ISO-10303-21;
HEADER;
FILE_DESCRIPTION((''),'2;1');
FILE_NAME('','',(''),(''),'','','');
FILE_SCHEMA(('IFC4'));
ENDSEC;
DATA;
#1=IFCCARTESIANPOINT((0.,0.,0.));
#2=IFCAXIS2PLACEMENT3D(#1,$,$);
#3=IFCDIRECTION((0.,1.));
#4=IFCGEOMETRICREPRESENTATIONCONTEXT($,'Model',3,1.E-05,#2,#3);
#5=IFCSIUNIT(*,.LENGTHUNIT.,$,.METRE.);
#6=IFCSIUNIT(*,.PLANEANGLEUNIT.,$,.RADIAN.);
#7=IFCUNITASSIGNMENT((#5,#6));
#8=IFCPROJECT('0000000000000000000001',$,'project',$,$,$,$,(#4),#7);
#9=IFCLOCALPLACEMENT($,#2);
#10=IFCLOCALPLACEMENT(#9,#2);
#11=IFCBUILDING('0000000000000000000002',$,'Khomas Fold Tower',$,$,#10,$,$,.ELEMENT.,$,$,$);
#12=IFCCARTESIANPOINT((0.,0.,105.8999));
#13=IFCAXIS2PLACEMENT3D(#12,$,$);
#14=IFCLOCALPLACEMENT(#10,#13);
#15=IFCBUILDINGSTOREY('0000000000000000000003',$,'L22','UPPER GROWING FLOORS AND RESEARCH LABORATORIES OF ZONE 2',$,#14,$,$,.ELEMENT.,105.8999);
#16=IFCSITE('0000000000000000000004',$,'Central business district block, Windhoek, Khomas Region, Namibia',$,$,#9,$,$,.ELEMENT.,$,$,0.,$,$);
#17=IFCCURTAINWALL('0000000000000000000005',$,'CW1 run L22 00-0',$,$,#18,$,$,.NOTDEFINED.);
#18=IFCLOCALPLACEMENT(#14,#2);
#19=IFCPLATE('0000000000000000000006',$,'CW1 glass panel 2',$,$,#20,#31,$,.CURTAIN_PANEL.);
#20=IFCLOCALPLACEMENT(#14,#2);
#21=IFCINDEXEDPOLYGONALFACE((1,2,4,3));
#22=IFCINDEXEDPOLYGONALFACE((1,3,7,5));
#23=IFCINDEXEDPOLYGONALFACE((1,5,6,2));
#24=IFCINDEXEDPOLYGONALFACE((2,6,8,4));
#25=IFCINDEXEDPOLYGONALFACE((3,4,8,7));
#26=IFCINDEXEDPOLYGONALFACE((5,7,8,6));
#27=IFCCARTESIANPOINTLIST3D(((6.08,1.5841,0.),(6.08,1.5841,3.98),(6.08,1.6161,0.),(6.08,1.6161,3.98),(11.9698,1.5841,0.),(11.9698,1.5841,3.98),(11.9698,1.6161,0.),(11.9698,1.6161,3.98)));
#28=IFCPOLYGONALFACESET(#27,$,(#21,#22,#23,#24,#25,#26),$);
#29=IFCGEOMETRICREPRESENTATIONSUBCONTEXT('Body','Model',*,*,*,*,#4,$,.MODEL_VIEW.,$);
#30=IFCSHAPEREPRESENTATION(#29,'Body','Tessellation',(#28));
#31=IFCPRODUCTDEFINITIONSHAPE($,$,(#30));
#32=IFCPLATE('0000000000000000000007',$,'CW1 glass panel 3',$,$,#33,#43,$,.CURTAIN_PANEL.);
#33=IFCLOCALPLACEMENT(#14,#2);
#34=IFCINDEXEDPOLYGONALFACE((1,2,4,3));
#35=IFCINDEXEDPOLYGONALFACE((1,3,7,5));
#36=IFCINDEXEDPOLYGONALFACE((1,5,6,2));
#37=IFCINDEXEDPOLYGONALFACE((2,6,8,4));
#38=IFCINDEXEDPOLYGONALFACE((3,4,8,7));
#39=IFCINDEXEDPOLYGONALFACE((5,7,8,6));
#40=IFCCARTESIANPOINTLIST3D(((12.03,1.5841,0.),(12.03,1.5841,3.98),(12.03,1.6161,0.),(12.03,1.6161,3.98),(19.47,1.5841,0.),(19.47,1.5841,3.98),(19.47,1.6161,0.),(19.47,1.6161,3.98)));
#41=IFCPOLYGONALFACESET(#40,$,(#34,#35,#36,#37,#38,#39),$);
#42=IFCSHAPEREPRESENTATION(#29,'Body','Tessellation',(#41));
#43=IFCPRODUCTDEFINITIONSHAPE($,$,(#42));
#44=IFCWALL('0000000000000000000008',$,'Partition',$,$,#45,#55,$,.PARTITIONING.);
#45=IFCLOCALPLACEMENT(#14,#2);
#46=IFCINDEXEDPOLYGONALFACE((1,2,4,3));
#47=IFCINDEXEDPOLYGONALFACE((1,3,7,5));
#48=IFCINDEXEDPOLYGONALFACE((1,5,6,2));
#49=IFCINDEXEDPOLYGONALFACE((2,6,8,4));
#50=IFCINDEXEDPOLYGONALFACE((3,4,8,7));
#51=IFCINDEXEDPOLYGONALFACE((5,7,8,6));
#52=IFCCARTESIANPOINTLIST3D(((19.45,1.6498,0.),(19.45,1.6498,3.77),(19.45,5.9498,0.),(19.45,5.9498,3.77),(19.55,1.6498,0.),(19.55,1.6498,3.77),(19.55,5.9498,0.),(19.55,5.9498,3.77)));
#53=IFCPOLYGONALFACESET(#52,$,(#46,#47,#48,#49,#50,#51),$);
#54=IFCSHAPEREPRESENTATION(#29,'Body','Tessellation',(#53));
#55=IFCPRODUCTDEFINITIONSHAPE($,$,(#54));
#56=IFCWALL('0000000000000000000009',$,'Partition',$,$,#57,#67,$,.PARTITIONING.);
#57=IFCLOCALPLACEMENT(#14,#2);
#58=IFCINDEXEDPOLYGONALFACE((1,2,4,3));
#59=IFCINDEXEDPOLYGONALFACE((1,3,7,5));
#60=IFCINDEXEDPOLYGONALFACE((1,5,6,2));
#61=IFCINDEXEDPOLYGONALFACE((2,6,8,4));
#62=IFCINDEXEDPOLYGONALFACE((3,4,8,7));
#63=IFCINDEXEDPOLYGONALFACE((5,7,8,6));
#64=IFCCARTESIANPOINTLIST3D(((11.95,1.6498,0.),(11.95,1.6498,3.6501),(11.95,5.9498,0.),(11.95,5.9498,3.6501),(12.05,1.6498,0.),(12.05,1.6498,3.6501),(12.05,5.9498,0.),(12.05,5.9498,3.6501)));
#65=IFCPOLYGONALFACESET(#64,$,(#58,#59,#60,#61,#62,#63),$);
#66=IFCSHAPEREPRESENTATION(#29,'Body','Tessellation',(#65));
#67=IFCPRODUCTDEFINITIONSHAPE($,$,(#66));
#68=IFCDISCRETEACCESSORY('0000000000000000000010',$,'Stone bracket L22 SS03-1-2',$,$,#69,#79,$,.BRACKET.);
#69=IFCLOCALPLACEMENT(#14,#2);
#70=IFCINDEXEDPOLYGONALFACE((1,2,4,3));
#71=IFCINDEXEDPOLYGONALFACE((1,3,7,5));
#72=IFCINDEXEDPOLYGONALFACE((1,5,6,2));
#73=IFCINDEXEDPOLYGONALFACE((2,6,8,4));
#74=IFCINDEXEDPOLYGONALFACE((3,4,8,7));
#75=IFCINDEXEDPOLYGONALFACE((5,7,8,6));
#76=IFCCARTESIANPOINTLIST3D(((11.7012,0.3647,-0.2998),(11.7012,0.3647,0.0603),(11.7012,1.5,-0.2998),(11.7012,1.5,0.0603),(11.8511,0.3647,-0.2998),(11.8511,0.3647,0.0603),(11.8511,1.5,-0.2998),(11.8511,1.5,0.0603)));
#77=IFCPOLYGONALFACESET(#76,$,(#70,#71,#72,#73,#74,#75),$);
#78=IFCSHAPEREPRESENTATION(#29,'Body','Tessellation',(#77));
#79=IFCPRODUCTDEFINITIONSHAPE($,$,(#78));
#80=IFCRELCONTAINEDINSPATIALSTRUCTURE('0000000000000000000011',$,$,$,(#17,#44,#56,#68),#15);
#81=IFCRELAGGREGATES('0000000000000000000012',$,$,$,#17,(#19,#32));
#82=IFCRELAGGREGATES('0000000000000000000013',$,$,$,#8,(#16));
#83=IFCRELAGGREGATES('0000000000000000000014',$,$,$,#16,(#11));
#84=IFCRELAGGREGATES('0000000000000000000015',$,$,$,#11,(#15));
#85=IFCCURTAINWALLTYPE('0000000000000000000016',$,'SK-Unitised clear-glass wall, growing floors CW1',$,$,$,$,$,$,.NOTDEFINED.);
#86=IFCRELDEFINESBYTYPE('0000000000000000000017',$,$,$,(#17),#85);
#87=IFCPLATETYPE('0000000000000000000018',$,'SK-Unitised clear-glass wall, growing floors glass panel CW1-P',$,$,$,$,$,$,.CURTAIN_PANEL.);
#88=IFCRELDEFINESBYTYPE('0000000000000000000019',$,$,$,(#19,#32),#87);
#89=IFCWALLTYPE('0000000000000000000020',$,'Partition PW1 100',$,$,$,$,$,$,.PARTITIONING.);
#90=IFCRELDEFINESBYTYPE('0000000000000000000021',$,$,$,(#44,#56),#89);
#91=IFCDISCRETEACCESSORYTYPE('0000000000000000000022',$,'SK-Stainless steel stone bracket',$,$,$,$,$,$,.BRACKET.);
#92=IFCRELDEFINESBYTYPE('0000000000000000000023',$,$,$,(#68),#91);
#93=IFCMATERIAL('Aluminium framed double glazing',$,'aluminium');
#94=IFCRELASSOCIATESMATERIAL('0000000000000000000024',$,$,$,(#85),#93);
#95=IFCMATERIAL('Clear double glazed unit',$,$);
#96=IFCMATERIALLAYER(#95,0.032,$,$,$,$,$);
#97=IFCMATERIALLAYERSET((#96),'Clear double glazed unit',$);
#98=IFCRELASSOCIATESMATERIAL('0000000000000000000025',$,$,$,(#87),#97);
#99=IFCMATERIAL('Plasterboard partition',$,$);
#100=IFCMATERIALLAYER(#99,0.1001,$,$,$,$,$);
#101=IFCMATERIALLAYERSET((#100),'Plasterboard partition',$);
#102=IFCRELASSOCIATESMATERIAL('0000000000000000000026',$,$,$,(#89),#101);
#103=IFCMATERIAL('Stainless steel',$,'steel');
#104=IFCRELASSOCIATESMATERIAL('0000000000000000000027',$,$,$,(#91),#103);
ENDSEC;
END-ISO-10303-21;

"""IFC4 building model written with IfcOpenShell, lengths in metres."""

from ifc_helpers import new_model, si_unit, direction, frame, frame_2d, origin, origin_2d, place, context, subcontext, project, spatial, rectangle, extrude, source, transform, mapped, material, layer, layer_set, type_object, element, aggregate, save


model = new_model("IFC4")

# Units and contexts
model_context = context("Model", 3, precision=1e-05, world=origin(), true_north=direction((0.0, 1.0)))
body_context = subcontext(model_context, "Body", "Model", "MODEL_VIEW")
ifc_project = project(units=[si_unit("LENGTHUNIT", "METRE"), si_unit("PLANEANGLEUNIT", "RADIAN")], contexts=[model_context])

# Site, building, storey
site_placement = place(None, origin())
site = spatial("IfcSite", under=ifc_project, at=site_placement, Name="Central business district block, Windhoek, Khomas Region, Namibia", CompositionType="ELEMENT", RefElevation=0.0)
building_placement = place(site_placement, origin())
building = spatial("IfcBuilding", under=site, at=building_placement, Name="Khomas Fold Tower", CompositionType="ELEMENT")
storey_placement = place(building_placement, frame((0.0, 0.0, 105.8999)))
storey = spatial("IfcBuildingStorey", under=building, at=storey_placement, Name="L22", Description="UPPER GROWING FLOORS AND RESEARCH LABORATORIES OF ZONE 2", CompositionType="ELEMENT", Elevation=105.8999)

# Curtain wall
ifc_material_1 = material(Name="Aluminium framed double glazing", Category="aluminium")
curtain_wall_type = type_object("IfcCurtainWallType", Name="SK-Unitised clear-glass wall, growing floors CW1", PredefinedType="NOTDEFINED", material=ifc_material_1)
curtain_wall_1_placement = place(storey_placement, origin())
curtain_wall_1 = element("IfcCurtainWall", 1, at=curtain_wall_1_placement, inside=storey, type_object=curtain_wall_type, Name="CW1 run L22 00-0", PredefinedType="NOTDEFINED")

# Plates
ifc_material_2 = material(Name="Clear double glazed unit")
ifc_layer_1 = layer(ifc_material_2, 0.032)
ifc_layer_set_1 = layer_set([ifc_layer_1], Name="Clear double glazed unit")
plate_type = type_object("IfcPlateType", Name="SK-Unitised clear-glass wall, growing floors glass panel CW1-P", PredefinedType="CURTAIN_PANEL", material=ifc_layer_set_1)
shared_shape_1 = source(origin(), body_context, "Body", "SweptSolid", [
    extrude(rectangle(XDim=5.8899, YDim=0.032, at=origin_2d()), origin(), (0.0, 0.0, 1.0), 3.98),
])
plate_1_placement = place(storey_placement, frame((9.0249, 1.6001, 0.0), z_axis=(0.0, 0.0, 1.0), x_axis=(1.0, 0.0, 0.0)))
plate_1 = element("IfcPlate", 2, at=plate_1_placement, type_object=plate_type, Name="CW1 glass panel 2", PredefinedType="CURTAIN_PANEL", context=body_context, shape_type="MappedRepresentation", body=[
    mapped(shared_shape_1, transform((0.0, 0.0, 0.0))),
])
shared_shape_2 = source(origin(), body_context, "Body", "SweptSolid", [
    extrude(rectangle(XDim=7.4399, YDim=0.032, at=origin_2d()), origin(), (0.0, 0.0, 1.0), 3.98),
])
plate_2_placement = place(storey_placement, frame((15.75, 1.6001, 0.0), z_axis=(0.0, 0.0, 1.0), x_axis=(1.0, 0.0, 0.0)))
plate_2 = element("IfcPlate", 3, at=plate_2_placement, type_object=plate_type, Name="CW1 glass panel 3", PredefinedType="CURTAIN_PANEL", context=body_context, shape_type="MappedRepresentation", body=[
    mapped(shared_shape_2, transform((0.0, 0.0, 0.0))),
])
aggregate(curtain_wall_1, [plate_1, plate_2])

# Walls
ifc_material_3 = material(Name="Plasterboard partition")
ifc_layer_2 = layer(ifc_material_3, 0.1001)
ifc_layer_set_2 = layer_set([ifc_layer_2], Name="Plasterboard partition")
wall_type = type_object("IfcWallType", Name="Partition PW1 100", PredefinedType="PARTITIONING", material=ifc_layer_set_2)
shared_shape_3 = source(origin(), body_context, "Body", "SweptSolid", [
    extrude(rectangle(XDim=4.3, YDim=0.1001, at=frame_2d((2.1499, 0.0))), origin(), (0.0, 0.0, 1.0), 3.77),
])
wall_1_placement = place(storey_placement, frame((19.5, 1.6499, 0.0), z_axis=(0.0, 0.0, 1.0), x_axis=(0.0, 1.0, 0.0)))
element("IfcWall", 4, at=wall_1_placement, inside=storey, type_object=wall_type, Name="Partition", PredefinedType="PARTITIONING", context=body_context, shape_type="MappedRepresentation", body=[
    mapped(shared_shape_3, transform((0.0, 0.0, 0.0))),
])
shared_shape_4 = source(origin(), body_context, "Body", "SweptSolid", [
    extrude(rectangle(XDim=4.3, YDim=0.1001, at=frame_2d((2.1499, 0.0))), origin(), (0.0, 0.0, 1.0), 3.6501),
])
wall_2_placement = place(storey_placement, frame((12.0, 1.6499, 0.0), z_axis=(0.0, 0.0, 1.0), x_axis=(0.0, 1.0, 0.0)))
element("IfcWall", 5, at=wall_2_placement, inside=storey, type_object=wall_type, Name="Partition", PredefinedType="PARTITIONING", context=body_context, shape_type="MappedRepresentation", body=[
    mapped(shared_shape_4, transform((0.0, 0.0, 0.0))),
])

# Discrete accessory
ifc_material_4 = material(Name="Stainless steel", Category="steel")
discrete_accessory_type = type_object("IfcDiscreteAccessoryType", Name="SK-Stainless steel stone bracket", PredefinedType="BRACKET", material=ifc_material_4)
shared_shape_5 = source(origin(), body_context, "Body", "SweptSolid", [
    extrude(rectangle(XDim=1.1353, YDim=0.1499, at=origin_2d()), origin(), (0.0, 0.0, 1.0), 0.3601),
])
discrete_accessory_placement = place(storey_placement, frame((11.7761, 0.9324, -0.2998), z_axis=(0.0, 0.0, 1.0), x_axis=(0.0, -1.0, 0.0)))
element("IfcDiscreteAccessory", 6, at=discrete_accessory_placement, inside=storey, type_object=discrete_accessory_type, Name="Stone bracket L22 SS03-1-2", PredefinedType="BRACKET", context=body_context, shape_type="MappedRepresentation", body=[
    mapped(shared_shape_5, transform((0.0, 0.0, 0.0))),
])

save(model, "model.ifc")
